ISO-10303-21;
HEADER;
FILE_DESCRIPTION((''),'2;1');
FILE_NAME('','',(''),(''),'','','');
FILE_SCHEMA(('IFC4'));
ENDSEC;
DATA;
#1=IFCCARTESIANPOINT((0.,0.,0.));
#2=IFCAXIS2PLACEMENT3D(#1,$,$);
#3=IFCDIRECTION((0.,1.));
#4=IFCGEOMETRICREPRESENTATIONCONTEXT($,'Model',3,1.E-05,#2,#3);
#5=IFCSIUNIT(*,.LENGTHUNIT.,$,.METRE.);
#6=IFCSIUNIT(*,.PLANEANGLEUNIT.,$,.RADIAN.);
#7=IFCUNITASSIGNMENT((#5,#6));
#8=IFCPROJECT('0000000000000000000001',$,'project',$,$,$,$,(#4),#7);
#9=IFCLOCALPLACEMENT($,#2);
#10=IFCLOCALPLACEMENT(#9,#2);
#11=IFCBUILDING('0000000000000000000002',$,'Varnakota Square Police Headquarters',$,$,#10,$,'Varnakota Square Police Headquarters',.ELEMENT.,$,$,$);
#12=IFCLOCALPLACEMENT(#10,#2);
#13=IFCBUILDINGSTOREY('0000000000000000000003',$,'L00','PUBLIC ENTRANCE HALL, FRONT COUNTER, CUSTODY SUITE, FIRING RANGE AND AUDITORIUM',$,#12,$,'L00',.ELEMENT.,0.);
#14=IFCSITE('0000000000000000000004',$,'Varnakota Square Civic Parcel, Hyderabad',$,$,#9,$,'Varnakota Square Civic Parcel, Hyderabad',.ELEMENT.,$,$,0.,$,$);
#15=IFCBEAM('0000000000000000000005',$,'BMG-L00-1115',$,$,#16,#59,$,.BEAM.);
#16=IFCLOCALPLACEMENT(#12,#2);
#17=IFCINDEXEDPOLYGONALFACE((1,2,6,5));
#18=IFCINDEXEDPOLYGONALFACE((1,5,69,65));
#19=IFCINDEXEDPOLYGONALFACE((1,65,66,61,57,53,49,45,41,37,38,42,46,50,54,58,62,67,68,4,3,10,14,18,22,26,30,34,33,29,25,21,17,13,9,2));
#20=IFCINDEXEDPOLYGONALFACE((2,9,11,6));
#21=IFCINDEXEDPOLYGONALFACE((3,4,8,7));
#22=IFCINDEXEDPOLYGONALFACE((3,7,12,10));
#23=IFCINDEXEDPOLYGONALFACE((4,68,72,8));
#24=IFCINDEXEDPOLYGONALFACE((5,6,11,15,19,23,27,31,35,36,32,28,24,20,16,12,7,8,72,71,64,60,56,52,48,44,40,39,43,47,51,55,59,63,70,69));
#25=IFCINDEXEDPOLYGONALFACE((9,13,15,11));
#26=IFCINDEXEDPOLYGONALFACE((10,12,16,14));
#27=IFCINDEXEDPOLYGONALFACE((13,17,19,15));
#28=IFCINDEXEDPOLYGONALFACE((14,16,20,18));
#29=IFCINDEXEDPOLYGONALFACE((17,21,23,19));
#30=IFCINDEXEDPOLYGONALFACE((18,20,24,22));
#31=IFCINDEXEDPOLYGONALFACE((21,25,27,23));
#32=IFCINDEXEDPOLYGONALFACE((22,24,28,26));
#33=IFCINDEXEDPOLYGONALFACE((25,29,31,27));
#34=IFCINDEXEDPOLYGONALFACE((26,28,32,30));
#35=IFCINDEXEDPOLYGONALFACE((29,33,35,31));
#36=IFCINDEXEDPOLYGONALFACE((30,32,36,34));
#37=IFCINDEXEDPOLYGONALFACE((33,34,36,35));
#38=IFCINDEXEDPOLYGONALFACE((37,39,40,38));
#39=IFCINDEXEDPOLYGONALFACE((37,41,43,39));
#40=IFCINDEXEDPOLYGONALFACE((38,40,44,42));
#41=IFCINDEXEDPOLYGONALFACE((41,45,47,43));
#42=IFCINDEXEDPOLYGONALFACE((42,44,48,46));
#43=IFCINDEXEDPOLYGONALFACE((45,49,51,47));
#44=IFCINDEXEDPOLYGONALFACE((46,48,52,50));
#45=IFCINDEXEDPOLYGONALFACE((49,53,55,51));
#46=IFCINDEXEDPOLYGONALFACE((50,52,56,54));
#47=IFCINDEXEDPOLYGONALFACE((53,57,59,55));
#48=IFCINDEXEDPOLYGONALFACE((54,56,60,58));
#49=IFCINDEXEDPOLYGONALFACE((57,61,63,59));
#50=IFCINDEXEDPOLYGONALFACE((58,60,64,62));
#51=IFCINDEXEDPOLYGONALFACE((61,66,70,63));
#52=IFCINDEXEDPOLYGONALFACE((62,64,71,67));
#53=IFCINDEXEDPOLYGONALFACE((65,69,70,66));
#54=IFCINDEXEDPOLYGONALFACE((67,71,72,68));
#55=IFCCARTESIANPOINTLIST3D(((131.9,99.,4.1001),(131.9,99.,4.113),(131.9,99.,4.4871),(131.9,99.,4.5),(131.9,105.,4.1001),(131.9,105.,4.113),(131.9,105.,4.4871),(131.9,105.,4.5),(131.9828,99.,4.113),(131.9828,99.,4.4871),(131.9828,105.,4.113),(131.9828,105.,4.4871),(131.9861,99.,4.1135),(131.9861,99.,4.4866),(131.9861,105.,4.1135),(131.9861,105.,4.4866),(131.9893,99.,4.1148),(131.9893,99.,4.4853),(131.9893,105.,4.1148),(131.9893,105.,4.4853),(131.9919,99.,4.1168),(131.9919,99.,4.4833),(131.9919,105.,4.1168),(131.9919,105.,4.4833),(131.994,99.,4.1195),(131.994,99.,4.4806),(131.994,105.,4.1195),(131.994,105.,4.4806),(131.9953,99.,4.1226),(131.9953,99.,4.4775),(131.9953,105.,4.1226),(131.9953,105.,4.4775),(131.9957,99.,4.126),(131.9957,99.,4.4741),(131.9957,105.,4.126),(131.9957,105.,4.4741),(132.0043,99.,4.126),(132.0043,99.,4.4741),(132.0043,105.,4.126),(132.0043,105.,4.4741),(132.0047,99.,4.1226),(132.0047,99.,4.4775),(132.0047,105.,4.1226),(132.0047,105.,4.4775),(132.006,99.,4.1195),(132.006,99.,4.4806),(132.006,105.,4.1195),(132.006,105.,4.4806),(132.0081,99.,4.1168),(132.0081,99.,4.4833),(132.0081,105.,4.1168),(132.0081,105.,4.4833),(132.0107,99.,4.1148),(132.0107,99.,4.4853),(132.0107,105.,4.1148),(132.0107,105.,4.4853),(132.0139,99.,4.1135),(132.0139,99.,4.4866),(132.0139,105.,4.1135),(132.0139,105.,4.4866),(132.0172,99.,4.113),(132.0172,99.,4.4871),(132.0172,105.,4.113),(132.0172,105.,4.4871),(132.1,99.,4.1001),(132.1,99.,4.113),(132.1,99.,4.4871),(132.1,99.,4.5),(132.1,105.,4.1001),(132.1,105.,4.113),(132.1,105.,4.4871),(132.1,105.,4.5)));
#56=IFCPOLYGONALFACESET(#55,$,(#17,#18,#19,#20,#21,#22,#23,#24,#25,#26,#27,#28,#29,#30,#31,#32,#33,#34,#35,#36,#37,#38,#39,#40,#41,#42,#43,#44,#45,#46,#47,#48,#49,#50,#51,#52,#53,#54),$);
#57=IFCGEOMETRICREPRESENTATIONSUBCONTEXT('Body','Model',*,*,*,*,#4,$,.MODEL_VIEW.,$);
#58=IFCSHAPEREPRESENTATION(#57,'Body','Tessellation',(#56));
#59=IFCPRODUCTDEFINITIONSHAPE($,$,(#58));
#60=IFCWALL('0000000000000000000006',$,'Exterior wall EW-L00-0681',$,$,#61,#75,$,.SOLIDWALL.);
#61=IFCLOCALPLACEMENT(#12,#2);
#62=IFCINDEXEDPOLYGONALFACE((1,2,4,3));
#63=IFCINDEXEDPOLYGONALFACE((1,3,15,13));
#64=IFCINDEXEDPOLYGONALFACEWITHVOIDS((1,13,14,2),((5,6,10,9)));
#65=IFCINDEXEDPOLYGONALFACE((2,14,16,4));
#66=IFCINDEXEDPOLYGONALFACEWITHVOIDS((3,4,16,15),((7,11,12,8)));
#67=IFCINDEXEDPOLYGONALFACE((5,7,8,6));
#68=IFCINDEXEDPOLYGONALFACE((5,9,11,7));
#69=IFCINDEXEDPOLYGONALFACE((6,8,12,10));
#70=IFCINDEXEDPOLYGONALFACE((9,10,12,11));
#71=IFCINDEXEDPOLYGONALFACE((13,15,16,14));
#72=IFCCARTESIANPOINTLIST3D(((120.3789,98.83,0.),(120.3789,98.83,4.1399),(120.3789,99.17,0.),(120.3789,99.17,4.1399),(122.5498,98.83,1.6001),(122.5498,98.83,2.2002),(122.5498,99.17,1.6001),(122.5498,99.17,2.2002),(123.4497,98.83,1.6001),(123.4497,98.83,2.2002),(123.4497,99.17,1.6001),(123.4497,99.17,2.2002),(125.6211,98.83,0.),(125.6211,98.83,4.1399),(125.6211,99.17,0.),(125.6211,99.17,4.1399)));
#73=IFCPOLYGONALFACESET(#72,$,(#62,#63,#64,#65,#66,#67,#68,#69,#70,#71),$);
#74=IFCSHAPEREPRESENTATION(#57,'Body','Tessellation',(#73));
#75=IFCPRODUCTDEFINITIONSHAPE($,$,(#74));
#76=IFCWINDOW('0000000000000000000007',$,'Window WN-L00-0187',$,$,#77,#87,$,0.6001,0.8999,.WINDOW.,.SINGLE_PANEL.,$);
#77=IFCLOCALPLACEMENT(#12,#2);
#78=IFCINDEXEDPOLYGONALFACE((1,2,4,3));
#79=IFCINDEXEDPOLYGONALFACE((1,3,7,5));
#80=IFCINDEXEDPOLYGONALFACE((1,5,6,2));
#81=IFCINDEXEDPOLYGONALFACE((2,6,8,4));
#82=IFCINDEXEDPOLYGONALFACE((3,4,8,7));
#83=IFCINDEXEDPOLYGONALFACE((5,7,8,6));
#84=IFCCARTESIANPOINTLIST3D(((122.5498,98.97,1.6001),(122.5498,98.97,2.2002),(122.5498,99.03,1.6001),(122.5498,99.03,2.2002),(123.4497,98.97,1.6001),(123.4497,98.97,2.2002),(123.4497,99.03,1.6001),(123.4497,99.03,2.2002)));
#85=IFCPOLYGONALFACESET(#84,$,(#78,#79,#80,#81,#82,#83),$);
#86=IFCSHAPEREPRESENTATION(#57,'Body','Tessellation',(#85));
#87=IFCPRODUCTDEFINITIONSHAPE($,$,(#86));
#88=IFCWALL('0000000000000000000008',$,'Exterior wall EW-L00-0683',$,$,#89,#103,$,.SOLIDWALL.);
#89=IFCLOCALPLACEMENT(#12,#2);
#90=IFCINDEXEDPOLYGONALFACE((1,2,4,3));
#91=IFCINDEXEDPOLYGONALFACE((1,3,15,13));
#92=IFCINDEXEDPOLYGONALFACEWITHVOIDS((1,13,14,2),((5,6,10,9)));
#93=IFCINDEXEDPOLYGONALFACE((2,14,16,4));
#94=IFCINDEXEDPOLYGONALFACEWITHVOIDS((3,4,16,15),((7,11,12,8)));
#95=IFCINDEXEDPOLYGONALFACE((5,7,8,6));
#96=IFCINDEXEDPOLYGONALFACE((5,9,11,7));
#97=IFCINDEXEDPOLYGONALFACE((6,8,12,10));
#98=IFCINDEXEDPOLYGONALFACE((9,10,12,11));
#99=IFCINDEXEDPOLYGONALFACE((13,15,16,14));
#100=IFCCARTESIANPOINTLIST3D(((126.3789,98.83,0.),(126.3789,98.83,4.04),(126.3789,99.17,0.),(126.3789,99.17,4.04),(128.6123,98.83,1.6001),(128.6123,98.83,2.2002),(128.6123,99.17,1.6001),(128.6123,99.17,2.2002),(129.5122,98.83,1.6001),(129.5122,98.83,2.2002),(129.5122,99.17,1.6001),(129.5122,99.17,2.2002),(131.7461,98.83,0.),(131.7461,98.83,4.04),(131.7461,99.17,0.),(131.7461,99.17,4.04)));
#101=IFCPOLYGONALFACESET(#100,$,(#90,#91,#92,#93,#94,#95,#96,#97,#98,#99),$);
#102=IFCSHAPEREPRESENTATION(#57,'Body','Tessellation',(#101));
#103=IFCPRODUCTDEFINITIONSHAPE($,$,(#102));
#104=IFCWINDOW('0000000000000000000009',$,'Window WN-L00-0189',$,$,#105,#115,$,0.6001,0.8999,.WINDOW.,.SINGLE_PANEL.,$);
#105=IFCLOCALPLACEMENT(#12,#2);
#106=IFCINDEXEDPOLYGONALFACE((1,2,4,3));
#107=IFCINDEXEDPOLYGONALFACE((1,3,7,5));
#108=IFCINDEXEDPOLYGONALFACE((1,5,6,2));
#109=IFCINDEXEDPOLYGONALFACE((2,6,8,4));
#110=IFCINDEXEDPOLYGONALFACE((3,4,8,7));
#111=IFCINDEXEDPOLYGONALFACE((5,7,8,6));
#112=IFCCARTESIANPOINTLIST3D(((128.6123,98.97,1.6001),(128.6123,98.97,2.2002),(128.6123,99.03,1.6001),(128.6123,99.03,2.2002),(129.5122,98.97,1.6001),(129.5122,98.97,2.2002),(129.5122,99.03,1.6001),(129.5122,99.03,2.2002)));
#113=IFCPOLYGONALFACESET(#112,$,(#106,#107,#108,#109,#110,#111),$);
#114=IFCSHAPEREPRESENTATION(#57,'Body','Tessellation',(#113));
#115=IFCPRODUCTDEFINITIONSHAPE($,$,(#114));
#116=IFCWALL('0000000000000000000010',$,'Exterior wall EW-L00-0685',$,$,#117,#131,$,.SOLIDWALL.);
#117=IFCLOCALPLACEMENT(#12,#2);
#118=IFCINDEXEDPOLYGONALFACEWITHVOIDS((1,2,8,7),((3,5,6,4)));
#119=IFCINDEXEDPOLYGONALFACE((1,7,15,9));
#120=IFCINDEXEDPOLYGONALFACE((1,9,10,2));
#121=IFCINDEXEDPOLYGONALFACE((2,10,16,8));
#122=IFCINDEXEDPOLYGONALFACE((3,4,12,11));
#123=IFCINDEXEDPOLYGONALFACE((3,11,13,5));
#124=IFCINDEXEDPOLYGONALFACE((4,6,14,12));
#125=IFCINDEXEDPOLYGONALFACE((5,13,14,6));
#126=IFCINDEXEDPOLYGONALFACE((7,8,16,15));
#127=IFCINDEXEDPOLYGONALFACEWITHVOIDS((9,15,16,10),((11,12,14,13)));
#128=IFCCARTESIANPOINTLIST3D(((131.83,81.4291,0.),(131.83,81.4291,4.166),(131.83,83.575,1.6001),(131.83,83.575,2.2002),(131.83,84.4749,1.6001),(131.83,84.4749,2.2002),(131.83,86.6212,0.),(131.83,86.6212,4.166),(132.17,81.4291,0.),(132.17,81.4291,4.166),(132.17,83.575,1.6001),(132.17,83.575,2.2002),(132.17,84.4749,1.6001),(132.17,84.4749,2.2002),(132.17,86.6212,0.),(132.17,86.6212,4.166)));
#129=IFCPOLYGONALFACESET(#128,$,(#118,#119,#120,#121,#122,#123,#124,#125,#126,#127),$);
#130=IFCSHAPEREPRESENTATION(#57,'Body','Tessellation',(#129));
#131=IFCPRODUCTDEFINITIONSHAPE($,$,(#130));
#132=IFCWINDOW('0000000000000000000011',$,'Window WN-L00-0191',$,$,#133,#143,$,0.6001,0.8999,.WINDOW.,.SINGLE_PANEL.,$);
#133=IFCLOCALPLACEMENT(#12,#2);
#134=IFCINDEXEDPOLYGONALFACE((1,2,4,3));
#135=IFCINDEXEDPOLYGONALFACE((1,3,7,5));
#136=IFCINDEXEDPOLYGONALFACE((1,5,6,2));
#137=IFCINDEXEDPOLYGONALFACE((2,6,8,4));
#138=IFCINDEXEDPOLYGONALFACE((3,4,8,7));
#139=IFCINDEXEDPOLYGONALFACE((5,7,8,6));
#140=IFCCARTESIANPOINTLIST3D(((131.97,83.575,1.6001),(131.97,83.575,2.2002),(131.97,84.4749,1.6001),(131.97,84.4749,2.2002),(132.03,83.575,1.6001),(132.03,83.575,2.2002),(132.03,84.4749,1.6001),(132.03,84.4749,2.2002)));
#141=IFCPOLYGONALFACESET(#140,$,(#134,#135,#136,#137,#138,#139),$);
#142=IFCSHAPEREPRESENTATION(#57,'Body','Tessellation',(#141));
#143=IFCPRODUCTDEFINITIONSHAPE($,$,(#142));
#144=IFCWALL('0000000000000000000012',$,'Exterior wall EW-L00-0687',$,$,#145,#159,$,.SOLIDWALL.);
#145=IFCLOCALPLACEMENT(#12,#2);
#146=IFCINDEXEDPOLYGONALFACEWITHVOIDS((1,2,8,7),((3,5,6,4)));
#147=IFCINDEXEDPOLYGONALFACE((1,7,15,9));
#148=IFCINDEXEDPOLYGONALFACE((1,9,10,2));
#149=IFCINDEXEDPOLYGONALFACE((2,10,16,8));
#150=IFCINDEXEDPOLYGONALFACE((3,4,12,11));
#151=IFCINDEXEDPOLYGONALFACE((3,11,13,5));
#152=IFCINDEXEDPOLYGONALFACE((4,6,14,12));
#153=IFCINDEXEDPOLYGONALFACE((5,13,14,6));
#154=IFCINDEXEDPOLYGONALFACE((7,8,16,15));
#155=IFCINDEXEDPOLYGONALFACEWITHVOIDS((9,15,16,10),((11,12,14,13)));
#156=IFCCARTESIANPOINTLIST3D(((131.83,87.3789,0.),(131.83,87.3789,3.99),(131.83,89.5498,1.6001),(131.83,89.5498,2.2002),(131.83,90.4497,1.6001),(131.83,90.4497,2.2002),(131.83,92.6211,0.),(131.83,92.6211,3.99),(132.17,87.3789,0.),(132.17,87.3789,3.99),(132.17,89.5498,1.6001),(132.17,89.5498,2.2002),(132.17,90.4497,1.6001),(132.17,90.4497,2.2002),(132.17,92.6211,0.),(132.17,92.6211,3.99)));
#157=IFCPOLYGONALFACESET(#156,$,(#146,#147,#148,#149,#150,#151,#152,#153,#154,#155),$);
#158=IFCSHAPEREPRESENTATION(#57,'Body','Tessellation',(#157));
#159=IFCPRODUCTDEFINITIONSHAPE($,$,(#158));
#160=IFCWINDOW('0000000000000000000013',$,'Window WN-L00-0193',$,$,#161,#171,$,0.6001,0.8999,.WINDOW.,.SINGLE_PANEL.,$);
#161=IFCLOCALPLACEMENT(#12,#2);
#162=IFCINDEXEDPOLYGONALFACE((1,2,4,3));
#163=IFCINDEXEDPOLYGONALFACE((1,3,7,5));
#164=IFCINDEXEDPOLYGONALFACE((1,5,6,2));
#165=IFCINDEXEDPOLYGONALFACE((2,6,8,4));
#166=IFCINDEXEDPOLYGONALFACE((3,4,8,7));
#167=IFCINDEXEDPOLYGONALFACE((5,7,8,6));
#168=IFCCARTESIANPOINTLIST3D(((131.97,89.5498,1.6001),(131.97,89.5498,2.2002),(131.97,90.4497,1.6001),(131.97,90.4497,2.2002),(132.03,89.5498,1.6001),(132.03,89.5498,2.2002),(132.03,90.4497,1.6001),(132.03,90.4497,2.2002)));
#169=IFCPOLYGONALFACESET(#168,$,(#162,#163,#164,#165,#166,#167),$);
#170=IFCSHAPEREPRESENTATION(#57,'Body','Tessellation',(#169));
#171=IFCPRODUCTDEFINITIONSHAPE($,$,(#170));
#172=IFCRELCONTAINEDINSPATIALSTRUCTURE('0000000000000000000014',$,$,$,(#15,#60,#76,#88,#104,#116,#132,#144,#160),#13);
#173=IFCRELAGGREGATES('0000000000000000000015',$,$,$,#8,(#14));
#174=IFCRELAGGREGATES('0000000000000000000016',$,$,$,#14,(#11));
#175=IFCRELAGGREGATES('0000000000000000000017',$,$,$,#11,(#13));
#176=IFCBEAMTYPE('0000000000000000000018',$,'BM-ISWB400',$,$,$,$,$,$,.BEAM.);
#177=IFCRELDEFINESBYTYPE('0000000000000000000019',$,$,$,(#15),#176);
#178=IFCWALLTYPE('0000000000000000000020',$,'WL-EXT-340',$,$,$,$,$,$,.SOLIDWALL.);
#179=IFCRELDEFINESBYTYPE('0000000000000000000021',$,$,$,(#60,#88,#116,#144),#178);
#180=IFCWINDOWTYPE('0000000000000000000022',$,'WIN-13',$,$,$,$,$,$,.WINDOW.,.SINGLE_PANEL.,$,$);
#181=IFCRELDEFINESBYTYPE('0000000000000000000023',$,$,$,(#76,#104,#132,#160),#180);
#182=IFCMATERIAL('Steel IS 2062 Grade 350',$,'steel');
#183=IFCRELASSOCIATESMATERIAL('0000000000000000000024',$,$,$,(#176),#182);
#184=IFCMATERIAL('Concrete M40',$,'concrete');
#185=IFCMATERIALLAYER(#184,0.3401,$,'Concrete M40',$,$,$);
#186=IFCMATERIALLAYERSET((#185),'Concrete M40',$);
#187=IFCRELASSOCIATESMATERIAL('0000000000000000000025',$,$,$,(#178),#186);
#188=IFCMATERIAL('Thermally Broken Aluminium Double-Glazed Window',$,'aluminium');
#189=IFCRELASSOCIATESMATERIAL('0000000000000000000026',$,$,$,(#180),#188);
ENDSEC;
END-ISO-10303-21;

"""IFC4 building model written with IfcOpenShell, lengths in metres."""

from ifc_helpers import new_model, si_unit, direction, frame, frame_2d, origin, origin_2d, place, context, subcontext, project, spatial, rectangle, i_section, extrude, material, layer, layer_set, material_profile, profile_set, type_object, element, fill, save


model = new_model("IFC4")

# Units and contexts
model_context = context("Model", 3, precision=1e-05, world=origin(), true_north=direction((0.0, 1.0)))
body_context = subcontext(model_context, "Body", "Model", "MODEL_VIEW")
ifc_project = project(units=[si_unit("LENGTHUNIT", "METRE"), si_unit("PLANEANGLEUNIT", "RADIAN")], contexts=[model_context])

# Site, building, storey
site_placement = place(None, origin())
site = spatial("IfcSite", under=ifc_project, at=site_placement, Name="Varnakota Square Civic Parcel, Hyderabad", LongName="Varnakota Square Civic Parcel, Hyderabad", CompositionType="ELEMENT", RefElevation=0.0)
building_placement = place(site_placement, origin())
building = spatial("IfcBuilding", under=site, at=building_placement, Name="Varnakota Square Police Headquarters", LongName="Varnakota Square Police Headquarters", CompositionType="ELEMENT")
storey_placement = place(building_placement, origin())
storey = spatial("IfcBuildingStorey", under=building, at=storey_placement, Name="L00", Description="PUBLIC ENTRANCE HALL, FRONT COUNTER, CUSTODY SUITE, FIRING RANGE AND AUDITORIUM", LongName="L00", CompositionType="ELEMENT", Elevation=0.0)

# Beam
ifc_material_1 = material(Name="Steel IS 2062 Grade 350", Category="steel")
ifc_material_profile_1 = material_profile(ifc_material_1, i_section(OverallWidth=0.2, OverallDepth=0.3999, WebThickness=0.0085, FlangeThickness=0.0129, FilletRadius=0.0129, at=origin_2d()), Name="ISWB 400")
ifc_profile_set_1 = profile_set([ifc_material_profile_1], Name="Steel IS 2062 Grade 350")
beam_type_1 = type_object("IfcBeamType", Name="BM-ISWB400", PredefinedType="BEAM", material=ifc_profile_set_1)
for number, where, z_axis, x_axis, name in (
    (1, (132.0, 99.0, 4.3), (0.0, 1.0, 0.0), (-1.0, 0.0, 0.0), "BMG-L00-1115"),
):
    element("IfcBeam", number, at=place(storey_placement, frame(where, z_axis=z_axis, x_axis=x_axis)), inside=storey, type_object=beam_type_1, Name=name, PredefinedType="BEAM", context=body_context, shape_type="SweptSolid", body=[
        extrude(i_section(OverallWidth=0.2, OverallDepth=0.3999, WebThickness=0.0085, FlangeThickness=0.0129, FilletRadius=0.0129, at=origin_2d()), origin(), (0.0, 0.0, 1.0), 6.0),
    ])

# Walls, openings, windows
ifc_material_2 = material(Name="Concrete M40", Category="concrete")
ifc_layer = layer(ifc_material_2, 0.3401, Name="Concrete M40")
ifc_layer_set = layer_set([ifc_layer], Name="Concrete M40")
wall_type = type_object("IfcWallType", Name="WL-EXT-340", PredefinedType="SOLIDWALL", material=ifc_layer_set)
wall_1_placement = place(storey_placement, frame((120.3789, 99.0, 0.0), z_axis=(0.0, 0.0, 1.0), x_axis=(1.0, 0.0, 0.0)))
wall_1 = element("IfcWall", 2, at=wall_1_placement, inside=storey, type_object=wall_type, Name="Exterior wall EW-L00-0681", PredefinedType="SOLIDWALL", context=body_context, shape_type="SweptSolid", body=[
    extrude(rectangle(XDim=5.2422, YDim=0.3401, at=frame_2d((2.6211, 0.0))), origin(), (0.0, 0.0, 1.0), 4.1399),
])
opening_1_placement = place(wall_1_placement, frame((2.1709, 0.0, 1.6001)))
opening_1 = element("IfcOpeningElement", 3, at=opening_1_placement, cuts=wall_1, PredefinedType="OPENING", context=body_context, shape_type="SweptSolid", body=[
    extrude(rectangle(XDim=0.8999, YDim=0.6001, at=frame_2d((0.45, 0.3))), frame((0.0, 0.1799, 0.0), z_axis=(0.0, -1.0, 0.0), x_axis=(1.0, 0.0, 0.0)), (0.0, 0.0, 1.0), 0.3601),
])
ifc_material_3 = material(Name="Thermally Broken Aluminium Double-Glazed Window", Category="aluminium")
window_type = type_object("IfcWindowType", Name="WIN-13", PartitioningType="SINGLE_PANEL", PredefinedType="WINDOW", material=ifc_material_3)
window_1_placement = place(opening_1_placement, origin())
window_1 = element("IfcWindow", 4, at=window_1_placement, inside=storey, type_object=window_type, Name="Window WN-L00-0187", OverallHeight=0.6001, OverallWidth=0.8999, PartitioningType="SINGLE_PANEL", PredefinedType="WINDOW", context=body_context, shape_type="SweptSolid", body=[
    extrude(rectangle(XDim=0.8999, YDim=0.6001, at=frame_2d((0.45, 0.3))), frame((0.0, 0.03, 0.0), z_axis=(0.0, -1.0, 0.0), x_axis=(1.0, 0.0, 0.0)), (0.0, 0.0, 1.0), 0.0601),
])
fill(opening_1, window_1)
wall_2_placement = place(storey_placement, frame((126.3789, 99.0, 0.0), z_axis=(0.0, 0.0, 1.0), x_axis=(1.0, 0.0, 0.0)))
wall_2 = element("IfcWall", 5, at=wall_2_placement, inside=storey, type_object=wall_type, Name="Exterior wall EW-L00-0683", PredefinedType="SOLIDWALL", context=body_context, shape_type="SweptSolid", body=[
    extrude(rectangle(XDim=5.3672, YDim=0.3401, at=frame_2d((2.6836, 0.0))), origin(), (0.0, 0.0, 1.0), 4.04),
])
opening_2_placement = place(wall_2_placement, frame((2.2334, 0.0, 1.6001)))
opening_2 = element("IfcOpeningElement", 6, at=opening_2_placement, cuts=wall_2, PredefinedType="OPENING", context=body_context, shape_type="SweptSolid", body=[
    extrude(rectangle(XDim=0.8999, YDim=0.6001, at=frame_2d((0.45, 0.3))), frame((0.0, 0.1799, 0.0), z_axis=(0.0, -1.0, 0.0), x_axis=(1.0, 0.0, 0.0)), (0.0, 0.0, 1.0), 0.3601),
])
window_2_placement = place(opening_2_placement, origin())
window_2 = element("IfcWindow", 7, at=window_2_placement, inside=storey, type_object=window_type, Name="Window WN-L00-0189", OverallHeight=0.6001, OverallWidth=0.8999, PartitioningType="SINGLE_PANEL", PredefinedType="WINDOW", context=body_context, shape_type="SweptSolid", body=[
    extrude(rectangle(XDim=0.8999, YDim=0.6001, at=frame_2d((0.45, 0.3))), frame((0.0, 0.03, 0.0), z_axis=(0.0, -1.0, 0.0), x_axis=(1.0, 0.0, 0.0)), (0.0, 0.0, 1.0), 0.0601),
])
fill(opening_2, window_2)
wall_3_placement = place(storey_placement, frame((132.0, 81.429, 0.0), z_axis=(0.0, 0.0, 1.0), x_axis=(0.0, 1.0, 0.0)))
wall_3 = element("IfcWall", 8, at=wall_3_placement, inside=storey, type_object=wall_type, Name="Exterior wall EW-L00-0685", PredefinedType="SOLIDWALL", context=body_context, shape_type="SweptSolid", body=[
    extrude(rectangle(XDim=5.1921, YDim=0.3401, at=frame_2d((2.5962, 0.0))), origin(), (0.0, 0.0, 1.0), 4.166),
])
opening_3_placement = place(wall_3_placement, frame((2.146, 0.0, 1.6001)))
opening_3 = element("IfcOpeningElement", 9, at=opening_3_placement, cuts=wall_3, PredefinedType="OPENING", context=body_context, shape_type="SweptSolid", body=[
    extrude(rectangle(XDim=0.8999, YDim=0.6001, at=frame_2d((0.45, 0.3))), frame((0.0, 0.1799, 0.0), z_axis=(0.0, -1.0, 0.0), x_axis=(1.0, 0.0, 0.0)), (0.0, 0.0, 1.0), 0.3601),
])
window_3_placement = place(opening_3_placement, origin())
window_3 = element("IfcWindow", 10, at=window_3_placement, inside=storey, type_object=window_type, Name="Window WN-L00-0191", OverallHeight=0.6001, OverallWidth=0.8999, PartitioningType="SINGLE_PANEL", PredefinedType="WINDOW", context=body_context, shape_type="SweptSolid", body=[
    extrude(rectangle(XDim=0.8999, YDim=0.6001, at=frame_2d((0.45, 0.3))), frame((0.0, 0.03, 0.0), z_axis=(0.0, -1.0, 0.0), x_axis=(1.0, 0.0, 0.0)), (0.0, 0.0, 1.0), 0.0601),
])
fill(opening_3, window_3)
wall_4_placement = place(storey_placement, frame((132.0, 87.3789, 0.0), z_axis=(0.0, 0.0, 1.0), x_axis=(0.0, 1.0, 0.0)))
wall_4 = element("IfcWall", 11, at=wall_4_placement, inside=storey, type_object=wall_type, Name="Exterior wall EW-L00-0687", PredefinedType="SOLIDWALL", context=body_context, shape_type="SweptSolid", body=[
    extrude(rectangle(XDim=5.2422, YDim=0.3401, at=frame_2d((2.6211, 0.0))), origin(), (0.0, 0.0, 1.0), 3.99),
])
opening_4_placement = place(wall_4_placement, frame((2.1709, 0.0, 1.6001)))
opening_4 = element("IfcOpeningElement", 12, at=opening_4_placement, cuts=wall_4, PredefinedType="OPENING", context=body_context, shape_type="SweptSolid", body=[
    extrude(rectangle(XDim=0.8999, YDim=0.6001, at=frame_2d((0.45, 0.3))), frame((0.0, 0.1799, 0.0), z_axis=(0.0, -1.0, 0.0), x_axis=(1.0, 0.0, 0.0)), (0.0, 0.0, 1.0), 0.3601),
])
window_4_placement = place(opening_4_placement, origin())
window_4 = element("IfcWindow", 13, at=window_4_placement, inside=storey, type_object=window_type, Name="Window WN-L00-0193", OverallHeight=0.6001, OverallWidth=0.8999, PartitioningType="SINGLE_PANEL", PredefinedType="WINDOW", context=body_context, shape_type="SweptSolid", body=[
    extrude(rectangle(XDim=0.8999, YDim=0.6001, at=frame_2d((0.45, 0.3))), frame((0.0, 0.03, 0.0), z_axis=(0.0, -1.0, 0.0), x_axis=(1.0, 0.0, 0.0)), (0.0, 0.0, 1.0), 0.0601),
])
fill(opening_4, window_4)

save(model, "model.ifc")
